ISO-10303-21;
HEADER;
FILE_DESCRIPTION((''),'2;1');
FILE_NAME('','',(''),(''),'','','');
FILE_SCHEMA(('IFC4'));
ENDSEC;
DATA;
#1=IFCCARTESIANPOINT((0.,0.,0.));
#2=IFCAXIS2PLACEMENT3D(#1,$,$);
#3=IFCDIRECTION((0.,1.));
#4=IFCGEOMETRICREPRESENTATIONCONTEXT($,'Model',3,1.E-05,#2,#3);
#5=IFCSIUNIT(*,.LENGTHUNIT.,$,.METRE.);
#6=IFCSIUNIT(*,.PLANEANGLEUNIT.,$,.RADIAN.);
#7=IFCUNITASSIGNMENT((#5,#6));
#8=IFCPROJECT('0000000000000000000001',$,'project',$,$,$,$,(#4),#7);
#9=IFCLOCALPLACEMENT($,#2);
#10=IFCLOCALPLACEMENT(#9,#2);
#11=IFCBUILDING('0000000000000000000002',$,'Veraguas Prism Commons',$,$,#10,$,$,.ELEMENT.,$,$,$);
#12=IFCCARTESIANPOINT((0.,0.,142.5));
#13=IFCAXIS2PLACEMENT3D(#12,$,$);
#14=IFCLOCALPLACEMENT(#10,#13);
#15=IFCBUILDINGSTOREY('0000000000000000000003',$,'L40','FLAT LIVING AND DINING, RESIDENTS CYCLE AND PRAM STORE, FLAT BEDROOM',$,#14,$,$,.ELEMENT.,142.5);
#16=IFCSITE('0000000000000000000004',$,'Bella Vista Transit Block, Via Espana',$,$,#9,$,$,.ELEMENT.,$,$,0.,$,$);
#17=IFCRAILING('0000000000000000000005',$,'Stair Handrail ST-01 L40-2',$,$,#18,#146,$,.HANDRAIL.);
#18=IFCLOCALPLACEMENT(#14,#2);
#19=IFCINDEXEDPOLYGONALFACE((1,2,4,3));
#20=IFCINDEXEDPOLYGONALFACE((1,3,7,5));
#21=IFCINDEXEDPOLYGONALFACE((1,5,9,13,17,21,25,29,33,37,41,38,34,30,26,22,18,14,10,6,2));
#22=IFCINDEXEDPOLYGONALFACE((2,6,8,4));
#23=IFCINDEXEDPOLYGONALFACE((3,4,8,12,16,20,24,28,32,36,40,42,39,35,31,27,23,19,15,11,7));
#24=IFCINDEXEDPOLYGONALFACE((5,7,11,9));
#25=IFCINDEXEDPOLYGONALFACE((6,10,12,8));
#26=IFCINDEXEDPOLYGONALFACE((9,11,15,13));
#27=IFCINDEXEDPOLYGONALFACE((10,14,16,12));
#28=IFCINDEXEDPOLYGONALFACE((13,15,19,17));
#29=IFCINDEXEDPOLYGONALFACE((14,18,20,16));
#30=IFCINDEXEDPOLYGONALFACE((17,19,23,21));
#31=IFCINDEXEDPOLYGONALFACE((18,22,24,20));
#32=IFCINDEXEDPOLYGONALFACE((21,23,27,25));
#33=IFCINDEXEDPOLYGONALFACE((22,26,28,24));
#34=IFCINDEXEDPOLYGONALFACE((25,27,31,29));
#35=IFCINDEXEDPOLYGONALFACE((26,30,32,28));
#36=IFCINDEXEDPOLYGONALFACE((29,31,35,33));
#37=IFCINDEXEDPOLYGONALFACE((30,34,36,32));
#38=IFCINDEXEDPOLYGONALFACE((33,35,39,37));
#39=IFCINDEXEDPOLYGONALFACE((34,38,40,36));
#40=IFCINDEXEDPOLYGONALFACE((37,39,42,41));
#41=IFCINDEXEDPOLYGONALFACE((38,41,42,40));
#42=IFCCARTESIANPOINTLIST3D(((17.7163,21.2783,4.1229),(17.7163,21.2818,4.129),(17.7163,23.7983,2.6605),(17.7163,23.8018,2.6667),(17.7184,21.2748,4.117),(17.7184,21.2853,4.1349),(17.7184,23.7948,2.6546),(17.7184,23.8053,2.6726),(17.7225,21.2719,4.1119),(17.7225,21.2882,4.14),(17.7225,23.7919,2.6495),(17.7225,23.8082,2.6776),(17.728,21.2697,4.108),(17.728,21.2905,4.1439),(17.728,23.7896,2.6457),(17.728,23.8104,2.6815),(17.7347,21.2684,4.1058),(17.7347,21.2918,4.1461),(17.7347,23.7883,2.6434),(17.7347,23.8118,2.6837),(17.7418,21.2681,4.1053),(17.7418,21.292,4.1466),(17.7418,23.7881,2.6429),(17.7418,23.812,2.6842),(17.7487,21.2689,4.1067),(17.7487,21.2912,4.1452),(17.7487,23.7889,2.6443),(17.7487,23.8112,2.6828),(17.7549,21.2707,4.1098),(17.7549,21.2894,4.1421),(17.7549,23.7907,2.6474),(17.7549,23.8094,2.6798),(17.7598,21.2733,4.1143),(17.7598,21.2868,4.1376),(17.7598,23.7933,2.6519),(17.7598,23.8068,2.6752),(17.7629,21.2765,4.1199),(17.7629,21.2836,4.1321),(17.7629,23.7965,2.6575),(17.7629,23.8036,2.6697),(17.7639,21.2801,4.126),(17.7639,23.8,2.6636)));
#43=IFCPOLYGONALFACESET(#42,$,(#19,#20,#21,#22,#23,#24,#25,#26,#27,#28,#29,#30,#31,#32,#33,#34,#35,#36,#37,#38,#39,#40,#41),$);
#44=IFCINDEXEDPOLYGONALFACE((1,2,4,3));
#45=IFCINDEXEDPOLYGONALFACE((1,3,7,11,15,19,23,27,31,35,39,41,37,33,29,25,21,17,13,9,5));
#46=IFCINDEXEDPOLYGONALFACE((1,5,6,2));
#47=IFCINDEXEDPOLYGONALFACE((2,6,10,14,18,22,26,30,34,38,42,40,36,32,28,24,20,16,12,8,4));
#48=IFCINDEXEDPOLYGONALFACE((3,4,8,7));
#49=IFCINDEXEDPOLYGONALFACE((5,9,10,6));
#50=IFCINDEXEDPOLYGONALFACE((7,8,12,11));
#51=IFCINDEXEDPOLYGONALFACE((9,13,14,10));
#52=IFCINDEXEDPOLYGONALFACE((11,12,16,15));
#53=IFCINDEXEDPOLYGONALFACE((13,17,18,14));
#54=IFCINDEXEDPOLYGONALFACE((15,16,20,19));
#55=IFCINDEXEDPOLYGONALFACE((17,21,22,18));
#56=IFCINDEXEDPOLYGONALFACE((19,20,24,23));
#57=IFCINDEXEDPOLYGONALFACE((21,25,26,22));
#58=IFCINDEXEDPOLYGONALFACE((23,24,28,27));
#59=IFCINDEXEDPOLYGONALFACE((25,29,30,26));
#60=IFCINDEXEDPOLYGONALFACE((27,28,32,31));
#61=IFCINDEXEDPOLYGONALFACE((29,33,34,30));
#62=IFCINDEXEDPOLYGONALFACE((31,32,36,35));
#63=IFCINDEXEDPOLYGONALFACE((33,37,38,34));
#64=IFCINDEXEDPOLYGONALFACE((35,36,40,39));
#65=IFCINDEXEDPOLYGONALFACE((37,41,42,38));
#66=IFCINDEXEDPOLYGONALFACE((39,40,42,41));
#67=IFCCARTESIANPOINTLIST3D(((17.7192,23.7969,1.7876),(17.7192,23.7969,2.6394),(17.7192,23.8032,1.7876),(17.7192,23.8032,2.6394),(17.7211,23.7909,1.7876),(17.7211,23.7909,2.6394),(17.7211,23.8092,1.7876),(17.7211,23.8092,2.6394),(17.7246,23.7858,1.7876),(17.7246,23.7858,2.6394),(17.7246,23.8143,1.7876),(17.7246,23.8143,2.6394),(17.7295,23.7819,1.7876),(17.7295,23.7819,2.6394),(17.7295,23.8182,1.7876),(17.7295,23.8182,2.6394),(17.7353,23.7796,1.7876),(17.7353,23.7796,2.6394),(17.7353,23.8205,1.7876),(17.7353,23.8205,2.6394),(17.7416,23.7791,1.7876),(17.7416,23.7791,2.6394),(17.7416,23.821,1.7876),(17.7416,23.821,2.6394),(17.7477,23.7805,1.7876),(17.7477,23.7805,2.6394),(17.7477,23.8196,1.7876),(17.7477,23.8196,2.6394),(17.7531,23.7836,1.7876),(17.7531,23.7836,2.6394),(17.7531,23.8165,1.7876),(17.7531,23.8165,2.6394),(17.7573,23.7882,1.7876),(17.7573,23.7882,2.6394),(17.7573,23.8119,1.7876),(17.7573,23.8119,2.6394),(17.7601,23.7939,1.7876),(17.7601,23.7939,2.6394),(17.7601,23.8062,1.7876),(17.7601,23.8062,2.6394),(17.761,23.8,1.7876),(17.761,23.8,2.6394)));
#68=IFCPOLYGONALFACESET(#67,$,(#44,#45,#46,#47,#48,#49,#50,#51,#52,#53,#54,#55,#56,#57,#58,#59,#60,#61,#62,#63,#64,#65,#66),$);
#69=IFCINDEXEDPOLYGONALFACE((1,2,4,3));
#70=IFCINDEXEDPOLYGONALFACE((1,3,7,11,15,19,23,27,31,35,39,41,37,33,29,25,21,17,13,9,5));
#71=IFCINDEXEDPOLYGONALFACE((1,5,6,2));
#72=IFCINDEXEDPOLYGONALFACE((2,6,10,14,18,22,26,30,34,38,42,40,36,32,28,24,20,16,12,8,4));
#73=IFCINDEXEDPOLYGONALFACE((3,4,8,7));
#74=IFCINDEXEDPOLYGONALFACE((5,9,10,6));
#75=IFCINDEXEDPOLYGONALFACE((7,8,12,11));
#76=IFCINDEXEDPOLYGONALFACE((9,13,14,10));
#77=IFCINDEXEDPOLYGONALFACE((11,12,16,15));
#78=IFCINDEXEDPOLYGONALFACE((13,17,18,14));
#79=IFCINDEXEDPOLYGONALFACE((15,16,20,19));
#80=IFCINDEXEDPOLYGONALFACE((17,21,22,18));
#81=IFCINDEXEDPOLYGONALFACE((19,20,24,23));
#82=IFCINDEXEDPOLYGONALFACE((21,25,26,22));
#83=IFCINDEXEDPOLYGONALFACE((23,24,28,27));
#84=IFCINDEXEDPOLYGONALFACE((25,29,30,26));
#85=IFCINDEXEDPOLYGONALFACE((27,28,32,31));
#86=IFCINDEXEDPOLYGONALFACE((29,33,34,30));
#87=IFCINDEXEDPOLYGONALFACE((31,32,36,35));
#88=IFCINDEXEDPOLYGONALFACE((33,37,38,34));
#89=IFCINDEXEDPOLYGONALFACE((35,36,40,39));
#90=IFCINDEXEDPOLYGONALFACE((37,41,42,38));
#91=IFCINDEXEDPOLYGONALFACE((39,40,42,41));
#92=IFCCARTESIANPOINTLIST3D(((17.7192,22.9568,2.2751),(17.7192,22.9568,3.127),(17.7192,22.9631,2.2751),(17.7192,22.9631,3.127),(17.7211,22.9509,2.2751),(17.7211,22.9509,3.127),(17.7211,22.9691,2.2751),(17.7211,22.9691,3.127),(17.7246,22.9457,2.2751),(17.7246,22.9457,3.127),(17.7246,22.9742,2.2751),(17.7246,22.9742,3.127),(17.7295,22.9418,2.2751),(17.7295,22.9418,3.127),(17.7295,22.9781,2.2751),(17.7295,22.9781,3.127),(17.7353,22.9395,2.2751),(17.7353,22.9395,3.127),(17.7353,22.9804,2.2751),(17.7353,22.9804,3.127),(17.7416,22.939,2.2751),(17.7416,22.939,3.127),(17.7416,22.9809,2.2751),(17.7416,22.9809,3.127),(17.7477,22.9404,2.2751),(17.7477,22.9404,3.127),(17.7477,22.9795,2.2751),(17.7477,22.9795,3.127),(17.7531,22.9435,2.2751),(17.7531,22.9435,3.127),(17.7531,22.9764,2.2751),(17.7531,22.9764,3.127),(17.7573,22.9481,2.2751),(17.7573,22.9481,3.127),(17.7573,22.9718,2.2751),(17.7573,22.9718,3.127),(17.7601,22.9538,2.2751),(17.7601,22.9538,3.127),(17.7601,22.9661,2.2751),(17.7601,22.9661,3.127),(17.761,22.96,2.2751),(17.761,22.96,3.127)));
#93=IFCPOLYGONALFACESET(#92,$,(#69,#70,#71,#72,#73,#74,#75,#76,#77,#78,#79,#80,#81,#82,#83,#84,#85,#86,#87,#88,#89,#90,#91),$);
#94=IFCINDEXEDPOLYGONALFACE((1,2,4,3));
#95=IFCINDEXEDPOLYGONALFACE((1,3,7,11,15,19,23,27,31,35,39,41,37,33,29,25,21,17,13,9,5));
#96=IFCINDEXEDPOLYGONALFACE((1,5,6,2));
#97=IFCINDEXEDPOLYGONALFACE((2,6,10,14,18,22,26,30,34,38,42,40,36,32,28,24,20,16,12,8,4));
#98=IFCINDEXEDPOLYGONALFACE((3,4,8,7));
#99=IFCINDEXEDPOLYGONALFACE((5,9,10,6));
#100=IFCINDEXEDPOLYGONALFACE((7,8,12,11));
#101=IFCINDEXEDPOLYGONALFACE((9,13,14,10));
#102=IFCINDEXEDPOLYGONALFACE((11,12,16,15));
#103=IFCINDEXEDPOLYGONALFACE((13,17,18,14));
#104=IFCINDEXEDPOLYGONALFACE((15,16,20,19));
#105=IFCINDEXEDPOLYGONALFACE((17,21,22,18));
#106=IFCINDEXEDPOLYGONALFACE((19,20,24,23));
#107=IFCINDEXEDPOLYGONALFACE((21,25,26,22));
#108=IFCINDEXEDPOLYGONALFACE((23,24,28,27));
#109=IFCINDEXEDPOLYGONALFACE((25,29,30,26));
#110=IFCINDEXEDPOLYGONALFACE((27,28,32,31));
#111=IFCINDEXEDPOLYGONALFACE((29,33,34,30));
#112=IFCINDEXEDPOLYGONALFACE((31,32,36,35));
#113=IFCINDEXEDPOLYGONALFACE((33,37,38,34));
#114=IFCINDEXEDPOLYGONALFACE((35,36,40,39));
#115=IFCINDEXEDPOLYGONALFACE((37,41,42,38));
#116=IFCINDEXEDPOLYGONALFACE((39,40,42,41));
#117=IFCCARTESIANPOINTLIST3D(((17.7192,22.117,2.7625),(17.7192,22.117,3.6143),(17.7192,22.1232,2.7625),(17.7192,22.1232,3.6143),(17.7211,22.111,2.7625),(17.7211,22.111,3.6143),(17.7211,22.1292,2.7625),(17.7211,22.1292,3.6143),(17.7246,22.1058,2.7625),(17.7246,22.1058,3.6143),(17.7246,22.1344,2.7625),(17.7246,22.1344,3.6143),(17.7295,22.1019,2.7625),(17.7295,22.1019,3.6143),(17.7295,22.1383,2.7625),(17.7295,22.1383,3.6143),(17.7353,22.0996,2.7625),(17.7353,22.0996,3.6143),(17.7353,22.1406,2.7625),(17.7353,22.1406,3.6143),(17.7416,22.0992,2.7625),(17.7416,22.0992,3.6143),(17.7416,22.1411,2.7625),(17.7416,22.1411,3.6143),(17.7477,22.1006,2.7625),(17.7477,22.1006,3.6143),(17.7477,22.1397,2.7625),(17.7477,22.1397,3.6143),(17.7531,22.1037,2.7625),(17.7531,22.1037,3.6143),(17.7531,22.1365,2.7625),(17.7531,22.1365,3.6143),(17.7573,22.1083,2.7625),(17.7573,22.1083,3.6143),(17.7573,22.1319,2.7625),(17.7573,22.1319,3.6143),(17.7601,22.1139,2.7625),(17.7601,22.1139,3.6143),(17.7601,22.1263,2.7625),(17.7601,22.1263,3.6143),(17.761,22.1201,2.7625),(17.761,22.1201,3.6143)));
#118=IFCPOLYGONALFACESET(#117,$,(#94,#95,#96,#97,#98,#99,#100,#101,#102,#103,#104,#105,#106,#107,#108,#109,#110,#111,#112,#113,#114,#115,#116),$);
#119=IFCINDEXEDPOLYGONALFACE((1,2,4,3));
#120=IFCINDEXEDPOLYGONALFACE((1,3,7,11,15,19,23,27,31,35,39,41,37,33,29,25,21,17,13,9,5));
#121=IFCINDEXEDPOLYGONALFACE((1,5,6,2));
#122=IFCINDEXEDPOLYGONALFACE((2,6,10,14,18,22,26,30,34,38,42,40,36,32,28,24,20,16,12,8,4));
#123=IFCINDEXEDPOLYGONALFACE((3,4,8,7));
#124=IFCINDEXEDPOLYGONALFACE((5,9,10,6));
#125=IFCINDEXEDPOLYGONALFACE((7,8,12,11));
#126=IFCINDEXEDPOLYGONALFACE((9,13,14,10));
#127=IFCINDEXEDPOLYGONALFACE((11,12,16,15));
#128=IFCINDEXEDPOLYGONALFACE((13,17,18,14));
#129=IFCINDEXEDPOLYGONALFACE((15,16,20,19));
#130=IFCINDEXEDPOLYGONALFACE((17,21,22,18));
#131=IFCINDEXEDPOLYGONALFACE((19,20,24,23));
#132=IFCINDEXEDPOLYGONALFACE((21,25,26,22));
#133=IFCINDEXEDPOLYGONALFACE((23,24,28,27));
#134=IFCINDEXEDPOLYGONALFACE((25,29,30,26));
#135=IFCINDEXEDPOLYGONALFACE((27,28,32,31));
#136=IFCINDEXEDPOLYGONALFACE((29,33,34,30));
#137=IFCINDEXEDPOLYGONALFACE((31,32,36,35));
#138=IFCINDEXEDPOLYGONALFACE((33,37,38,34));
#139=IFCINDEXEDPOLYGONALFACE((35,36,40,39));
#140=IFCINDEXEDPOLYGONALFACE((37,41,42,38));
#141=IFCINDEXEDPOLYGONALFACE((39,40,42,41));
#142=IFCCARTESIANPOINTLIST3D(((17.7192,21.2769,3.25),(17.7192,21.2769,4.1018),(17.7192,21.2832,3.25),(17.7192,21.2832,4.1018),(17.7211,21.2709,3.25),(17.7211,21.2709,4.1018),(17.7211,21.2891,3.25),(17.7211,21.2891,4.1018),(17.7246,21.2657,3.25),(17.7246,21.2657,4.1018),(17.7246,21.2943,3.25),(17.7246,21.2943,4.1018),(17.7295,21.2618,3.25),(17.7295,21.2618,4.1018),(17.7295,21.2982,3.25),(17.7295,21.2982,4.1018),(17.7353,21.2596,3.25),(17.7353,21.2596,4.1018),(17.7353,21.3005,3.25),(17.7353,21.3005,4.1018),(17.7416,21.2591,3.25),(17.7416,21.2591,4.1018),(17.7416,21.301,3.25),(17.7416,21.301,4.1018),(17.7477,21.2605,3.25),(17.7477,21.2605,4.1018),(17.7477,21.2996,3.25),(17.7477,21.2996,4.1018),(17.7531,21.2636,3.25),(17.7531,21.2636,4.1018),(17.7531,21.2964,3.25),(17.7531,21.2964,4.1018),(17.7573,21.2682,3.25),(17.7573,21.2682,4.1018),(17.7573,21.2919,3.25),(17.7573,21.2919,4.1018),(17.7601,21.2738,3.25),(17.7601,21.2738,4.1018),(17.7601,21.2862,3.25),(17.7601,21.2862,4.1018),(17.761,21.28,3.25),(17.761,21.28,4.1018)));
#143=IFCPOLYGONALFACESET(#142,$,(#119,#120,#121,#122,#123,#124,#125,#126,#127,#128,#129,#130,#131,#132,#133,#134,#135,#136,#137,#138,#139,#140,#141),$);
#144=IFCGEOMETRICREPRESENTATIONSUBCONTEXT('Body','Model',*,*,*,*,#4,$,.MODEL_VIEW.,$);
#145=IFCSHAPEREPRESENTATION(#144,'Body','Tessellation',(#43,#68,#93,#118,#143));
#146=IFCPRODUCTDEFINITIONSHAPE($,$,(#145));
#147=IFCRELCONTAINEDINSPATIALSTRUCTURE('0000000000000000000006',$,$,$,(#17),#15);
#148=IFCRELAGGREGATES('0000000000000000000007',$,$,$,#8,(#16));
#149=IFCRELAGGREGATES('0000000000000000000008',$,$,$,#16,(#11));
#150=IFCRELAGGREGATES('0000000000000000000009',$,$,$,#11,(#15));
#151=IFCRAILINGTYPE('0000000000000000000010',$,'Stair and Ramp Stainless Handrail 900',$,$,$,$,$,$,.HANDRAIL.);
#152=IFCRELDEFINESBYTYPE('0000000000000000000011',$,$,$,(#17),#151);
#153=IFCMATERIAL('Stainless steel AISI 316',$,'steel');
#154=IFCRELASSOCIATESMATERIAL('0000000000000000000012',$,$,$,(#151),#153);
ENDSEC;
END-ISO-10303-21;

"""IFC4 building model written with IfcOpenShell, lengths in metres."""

from ifc_helpers import new_model, si_unit, direction, frame, origin, origin_2d, place, context, subcontext, project, spatial, circle, extrude, material, type_object, element, save


model = new_model("IFC4")

# Units and contexts
model_context = context("Model", 3, precision=1e-05, world=origin(), true_north=direction((0.0, 1.0)))
body_context = subcontext(model_context, "Body", "Model", "MODEL_VIEW")
ifc_project = project(units=[si_unit("LENGTHUNIT", "METRE"), si_unit("PLANEANGLEUNIT", "RADIAN")], contexts=[model_context])

# Site, building, storey
site_placement = place(None, origin())
site = spatial("IfcSite", under=ifc_project, at=site_placement, Name="Bella Vista Transit Block, Via Espana", CompositionType="ELEMENT", RefElevation=0.0)
building_placement = place(site_placement, origin())
building = spatial("IfcBuilding", under=site, at=building_placement, Name="Veraguas Prism Commons", CompositionType="ELEMENT")
storey_placement = place(building_placement, frame((0.0, 0.0, 142.5)))
storey = spatial("IfcBuildingStorey", under=building, at=storey_placement, Name="L40", Description="FLAT LIVING AND DINING, RESIDENTS CYCLE AND PRAM STORE, FLAT BEDROOM", CompositionType="ELEMENT", Elevation=142.5)

# Railing
ifc_material_1 = material(Name="Stainless steel AISI 316", Category="steel")
railing_type_1 = type_object("IfcRailingType", Name="Stair and Ramp Stainless Handrail 900", PredefinedType="HANDRAIL", material=ifc_material_1)
railing_1_placement = place(storey_placement, frame((17.74, 23.8, 1.7876)))
element("IfcRailing", 1, at=railing_1_placement, inside=storey, type_object=railing_type_1, Name="Stair Handrail ST-01 L40-2", PredefinedType="HANDRAIL", context=body_context, shape_type="SweptSolid", body=[
    extrude(circle(Radius=0.0239, at=origin_2d()), frame((0.0, 0.0, 0.876), z_axis=(0.0, -0.864913, 0.501921), x_axis=(1.0, 0.0, 0.0)), (0.0, 0.0, 1.0), 2.9136),
    extrude(circle(Radius=0.021, at=origin_2d()), origin(), (0.0, 0.0, 1.0), 0.8518),
    extrude(circle(Radius=0.021, at=origin_2d()), frame((0.0, -0.8401, 0.4875)), (0.0, 0.0, 1.0), 0.8518),
    extrude(circle(Radius=0.021, at=origin_2d()), frame((0.0, -1.6799, 0.9749)), (0.0, 0.0, 1.0), 0.8518),
    extrude(circle(Radius=0.021, at=origin_2d()), frame((0.0, -2.52, 1.4624)), (0.0, 0.0, 1.0), 0.8518),
])

save(model, "model.ifc")
